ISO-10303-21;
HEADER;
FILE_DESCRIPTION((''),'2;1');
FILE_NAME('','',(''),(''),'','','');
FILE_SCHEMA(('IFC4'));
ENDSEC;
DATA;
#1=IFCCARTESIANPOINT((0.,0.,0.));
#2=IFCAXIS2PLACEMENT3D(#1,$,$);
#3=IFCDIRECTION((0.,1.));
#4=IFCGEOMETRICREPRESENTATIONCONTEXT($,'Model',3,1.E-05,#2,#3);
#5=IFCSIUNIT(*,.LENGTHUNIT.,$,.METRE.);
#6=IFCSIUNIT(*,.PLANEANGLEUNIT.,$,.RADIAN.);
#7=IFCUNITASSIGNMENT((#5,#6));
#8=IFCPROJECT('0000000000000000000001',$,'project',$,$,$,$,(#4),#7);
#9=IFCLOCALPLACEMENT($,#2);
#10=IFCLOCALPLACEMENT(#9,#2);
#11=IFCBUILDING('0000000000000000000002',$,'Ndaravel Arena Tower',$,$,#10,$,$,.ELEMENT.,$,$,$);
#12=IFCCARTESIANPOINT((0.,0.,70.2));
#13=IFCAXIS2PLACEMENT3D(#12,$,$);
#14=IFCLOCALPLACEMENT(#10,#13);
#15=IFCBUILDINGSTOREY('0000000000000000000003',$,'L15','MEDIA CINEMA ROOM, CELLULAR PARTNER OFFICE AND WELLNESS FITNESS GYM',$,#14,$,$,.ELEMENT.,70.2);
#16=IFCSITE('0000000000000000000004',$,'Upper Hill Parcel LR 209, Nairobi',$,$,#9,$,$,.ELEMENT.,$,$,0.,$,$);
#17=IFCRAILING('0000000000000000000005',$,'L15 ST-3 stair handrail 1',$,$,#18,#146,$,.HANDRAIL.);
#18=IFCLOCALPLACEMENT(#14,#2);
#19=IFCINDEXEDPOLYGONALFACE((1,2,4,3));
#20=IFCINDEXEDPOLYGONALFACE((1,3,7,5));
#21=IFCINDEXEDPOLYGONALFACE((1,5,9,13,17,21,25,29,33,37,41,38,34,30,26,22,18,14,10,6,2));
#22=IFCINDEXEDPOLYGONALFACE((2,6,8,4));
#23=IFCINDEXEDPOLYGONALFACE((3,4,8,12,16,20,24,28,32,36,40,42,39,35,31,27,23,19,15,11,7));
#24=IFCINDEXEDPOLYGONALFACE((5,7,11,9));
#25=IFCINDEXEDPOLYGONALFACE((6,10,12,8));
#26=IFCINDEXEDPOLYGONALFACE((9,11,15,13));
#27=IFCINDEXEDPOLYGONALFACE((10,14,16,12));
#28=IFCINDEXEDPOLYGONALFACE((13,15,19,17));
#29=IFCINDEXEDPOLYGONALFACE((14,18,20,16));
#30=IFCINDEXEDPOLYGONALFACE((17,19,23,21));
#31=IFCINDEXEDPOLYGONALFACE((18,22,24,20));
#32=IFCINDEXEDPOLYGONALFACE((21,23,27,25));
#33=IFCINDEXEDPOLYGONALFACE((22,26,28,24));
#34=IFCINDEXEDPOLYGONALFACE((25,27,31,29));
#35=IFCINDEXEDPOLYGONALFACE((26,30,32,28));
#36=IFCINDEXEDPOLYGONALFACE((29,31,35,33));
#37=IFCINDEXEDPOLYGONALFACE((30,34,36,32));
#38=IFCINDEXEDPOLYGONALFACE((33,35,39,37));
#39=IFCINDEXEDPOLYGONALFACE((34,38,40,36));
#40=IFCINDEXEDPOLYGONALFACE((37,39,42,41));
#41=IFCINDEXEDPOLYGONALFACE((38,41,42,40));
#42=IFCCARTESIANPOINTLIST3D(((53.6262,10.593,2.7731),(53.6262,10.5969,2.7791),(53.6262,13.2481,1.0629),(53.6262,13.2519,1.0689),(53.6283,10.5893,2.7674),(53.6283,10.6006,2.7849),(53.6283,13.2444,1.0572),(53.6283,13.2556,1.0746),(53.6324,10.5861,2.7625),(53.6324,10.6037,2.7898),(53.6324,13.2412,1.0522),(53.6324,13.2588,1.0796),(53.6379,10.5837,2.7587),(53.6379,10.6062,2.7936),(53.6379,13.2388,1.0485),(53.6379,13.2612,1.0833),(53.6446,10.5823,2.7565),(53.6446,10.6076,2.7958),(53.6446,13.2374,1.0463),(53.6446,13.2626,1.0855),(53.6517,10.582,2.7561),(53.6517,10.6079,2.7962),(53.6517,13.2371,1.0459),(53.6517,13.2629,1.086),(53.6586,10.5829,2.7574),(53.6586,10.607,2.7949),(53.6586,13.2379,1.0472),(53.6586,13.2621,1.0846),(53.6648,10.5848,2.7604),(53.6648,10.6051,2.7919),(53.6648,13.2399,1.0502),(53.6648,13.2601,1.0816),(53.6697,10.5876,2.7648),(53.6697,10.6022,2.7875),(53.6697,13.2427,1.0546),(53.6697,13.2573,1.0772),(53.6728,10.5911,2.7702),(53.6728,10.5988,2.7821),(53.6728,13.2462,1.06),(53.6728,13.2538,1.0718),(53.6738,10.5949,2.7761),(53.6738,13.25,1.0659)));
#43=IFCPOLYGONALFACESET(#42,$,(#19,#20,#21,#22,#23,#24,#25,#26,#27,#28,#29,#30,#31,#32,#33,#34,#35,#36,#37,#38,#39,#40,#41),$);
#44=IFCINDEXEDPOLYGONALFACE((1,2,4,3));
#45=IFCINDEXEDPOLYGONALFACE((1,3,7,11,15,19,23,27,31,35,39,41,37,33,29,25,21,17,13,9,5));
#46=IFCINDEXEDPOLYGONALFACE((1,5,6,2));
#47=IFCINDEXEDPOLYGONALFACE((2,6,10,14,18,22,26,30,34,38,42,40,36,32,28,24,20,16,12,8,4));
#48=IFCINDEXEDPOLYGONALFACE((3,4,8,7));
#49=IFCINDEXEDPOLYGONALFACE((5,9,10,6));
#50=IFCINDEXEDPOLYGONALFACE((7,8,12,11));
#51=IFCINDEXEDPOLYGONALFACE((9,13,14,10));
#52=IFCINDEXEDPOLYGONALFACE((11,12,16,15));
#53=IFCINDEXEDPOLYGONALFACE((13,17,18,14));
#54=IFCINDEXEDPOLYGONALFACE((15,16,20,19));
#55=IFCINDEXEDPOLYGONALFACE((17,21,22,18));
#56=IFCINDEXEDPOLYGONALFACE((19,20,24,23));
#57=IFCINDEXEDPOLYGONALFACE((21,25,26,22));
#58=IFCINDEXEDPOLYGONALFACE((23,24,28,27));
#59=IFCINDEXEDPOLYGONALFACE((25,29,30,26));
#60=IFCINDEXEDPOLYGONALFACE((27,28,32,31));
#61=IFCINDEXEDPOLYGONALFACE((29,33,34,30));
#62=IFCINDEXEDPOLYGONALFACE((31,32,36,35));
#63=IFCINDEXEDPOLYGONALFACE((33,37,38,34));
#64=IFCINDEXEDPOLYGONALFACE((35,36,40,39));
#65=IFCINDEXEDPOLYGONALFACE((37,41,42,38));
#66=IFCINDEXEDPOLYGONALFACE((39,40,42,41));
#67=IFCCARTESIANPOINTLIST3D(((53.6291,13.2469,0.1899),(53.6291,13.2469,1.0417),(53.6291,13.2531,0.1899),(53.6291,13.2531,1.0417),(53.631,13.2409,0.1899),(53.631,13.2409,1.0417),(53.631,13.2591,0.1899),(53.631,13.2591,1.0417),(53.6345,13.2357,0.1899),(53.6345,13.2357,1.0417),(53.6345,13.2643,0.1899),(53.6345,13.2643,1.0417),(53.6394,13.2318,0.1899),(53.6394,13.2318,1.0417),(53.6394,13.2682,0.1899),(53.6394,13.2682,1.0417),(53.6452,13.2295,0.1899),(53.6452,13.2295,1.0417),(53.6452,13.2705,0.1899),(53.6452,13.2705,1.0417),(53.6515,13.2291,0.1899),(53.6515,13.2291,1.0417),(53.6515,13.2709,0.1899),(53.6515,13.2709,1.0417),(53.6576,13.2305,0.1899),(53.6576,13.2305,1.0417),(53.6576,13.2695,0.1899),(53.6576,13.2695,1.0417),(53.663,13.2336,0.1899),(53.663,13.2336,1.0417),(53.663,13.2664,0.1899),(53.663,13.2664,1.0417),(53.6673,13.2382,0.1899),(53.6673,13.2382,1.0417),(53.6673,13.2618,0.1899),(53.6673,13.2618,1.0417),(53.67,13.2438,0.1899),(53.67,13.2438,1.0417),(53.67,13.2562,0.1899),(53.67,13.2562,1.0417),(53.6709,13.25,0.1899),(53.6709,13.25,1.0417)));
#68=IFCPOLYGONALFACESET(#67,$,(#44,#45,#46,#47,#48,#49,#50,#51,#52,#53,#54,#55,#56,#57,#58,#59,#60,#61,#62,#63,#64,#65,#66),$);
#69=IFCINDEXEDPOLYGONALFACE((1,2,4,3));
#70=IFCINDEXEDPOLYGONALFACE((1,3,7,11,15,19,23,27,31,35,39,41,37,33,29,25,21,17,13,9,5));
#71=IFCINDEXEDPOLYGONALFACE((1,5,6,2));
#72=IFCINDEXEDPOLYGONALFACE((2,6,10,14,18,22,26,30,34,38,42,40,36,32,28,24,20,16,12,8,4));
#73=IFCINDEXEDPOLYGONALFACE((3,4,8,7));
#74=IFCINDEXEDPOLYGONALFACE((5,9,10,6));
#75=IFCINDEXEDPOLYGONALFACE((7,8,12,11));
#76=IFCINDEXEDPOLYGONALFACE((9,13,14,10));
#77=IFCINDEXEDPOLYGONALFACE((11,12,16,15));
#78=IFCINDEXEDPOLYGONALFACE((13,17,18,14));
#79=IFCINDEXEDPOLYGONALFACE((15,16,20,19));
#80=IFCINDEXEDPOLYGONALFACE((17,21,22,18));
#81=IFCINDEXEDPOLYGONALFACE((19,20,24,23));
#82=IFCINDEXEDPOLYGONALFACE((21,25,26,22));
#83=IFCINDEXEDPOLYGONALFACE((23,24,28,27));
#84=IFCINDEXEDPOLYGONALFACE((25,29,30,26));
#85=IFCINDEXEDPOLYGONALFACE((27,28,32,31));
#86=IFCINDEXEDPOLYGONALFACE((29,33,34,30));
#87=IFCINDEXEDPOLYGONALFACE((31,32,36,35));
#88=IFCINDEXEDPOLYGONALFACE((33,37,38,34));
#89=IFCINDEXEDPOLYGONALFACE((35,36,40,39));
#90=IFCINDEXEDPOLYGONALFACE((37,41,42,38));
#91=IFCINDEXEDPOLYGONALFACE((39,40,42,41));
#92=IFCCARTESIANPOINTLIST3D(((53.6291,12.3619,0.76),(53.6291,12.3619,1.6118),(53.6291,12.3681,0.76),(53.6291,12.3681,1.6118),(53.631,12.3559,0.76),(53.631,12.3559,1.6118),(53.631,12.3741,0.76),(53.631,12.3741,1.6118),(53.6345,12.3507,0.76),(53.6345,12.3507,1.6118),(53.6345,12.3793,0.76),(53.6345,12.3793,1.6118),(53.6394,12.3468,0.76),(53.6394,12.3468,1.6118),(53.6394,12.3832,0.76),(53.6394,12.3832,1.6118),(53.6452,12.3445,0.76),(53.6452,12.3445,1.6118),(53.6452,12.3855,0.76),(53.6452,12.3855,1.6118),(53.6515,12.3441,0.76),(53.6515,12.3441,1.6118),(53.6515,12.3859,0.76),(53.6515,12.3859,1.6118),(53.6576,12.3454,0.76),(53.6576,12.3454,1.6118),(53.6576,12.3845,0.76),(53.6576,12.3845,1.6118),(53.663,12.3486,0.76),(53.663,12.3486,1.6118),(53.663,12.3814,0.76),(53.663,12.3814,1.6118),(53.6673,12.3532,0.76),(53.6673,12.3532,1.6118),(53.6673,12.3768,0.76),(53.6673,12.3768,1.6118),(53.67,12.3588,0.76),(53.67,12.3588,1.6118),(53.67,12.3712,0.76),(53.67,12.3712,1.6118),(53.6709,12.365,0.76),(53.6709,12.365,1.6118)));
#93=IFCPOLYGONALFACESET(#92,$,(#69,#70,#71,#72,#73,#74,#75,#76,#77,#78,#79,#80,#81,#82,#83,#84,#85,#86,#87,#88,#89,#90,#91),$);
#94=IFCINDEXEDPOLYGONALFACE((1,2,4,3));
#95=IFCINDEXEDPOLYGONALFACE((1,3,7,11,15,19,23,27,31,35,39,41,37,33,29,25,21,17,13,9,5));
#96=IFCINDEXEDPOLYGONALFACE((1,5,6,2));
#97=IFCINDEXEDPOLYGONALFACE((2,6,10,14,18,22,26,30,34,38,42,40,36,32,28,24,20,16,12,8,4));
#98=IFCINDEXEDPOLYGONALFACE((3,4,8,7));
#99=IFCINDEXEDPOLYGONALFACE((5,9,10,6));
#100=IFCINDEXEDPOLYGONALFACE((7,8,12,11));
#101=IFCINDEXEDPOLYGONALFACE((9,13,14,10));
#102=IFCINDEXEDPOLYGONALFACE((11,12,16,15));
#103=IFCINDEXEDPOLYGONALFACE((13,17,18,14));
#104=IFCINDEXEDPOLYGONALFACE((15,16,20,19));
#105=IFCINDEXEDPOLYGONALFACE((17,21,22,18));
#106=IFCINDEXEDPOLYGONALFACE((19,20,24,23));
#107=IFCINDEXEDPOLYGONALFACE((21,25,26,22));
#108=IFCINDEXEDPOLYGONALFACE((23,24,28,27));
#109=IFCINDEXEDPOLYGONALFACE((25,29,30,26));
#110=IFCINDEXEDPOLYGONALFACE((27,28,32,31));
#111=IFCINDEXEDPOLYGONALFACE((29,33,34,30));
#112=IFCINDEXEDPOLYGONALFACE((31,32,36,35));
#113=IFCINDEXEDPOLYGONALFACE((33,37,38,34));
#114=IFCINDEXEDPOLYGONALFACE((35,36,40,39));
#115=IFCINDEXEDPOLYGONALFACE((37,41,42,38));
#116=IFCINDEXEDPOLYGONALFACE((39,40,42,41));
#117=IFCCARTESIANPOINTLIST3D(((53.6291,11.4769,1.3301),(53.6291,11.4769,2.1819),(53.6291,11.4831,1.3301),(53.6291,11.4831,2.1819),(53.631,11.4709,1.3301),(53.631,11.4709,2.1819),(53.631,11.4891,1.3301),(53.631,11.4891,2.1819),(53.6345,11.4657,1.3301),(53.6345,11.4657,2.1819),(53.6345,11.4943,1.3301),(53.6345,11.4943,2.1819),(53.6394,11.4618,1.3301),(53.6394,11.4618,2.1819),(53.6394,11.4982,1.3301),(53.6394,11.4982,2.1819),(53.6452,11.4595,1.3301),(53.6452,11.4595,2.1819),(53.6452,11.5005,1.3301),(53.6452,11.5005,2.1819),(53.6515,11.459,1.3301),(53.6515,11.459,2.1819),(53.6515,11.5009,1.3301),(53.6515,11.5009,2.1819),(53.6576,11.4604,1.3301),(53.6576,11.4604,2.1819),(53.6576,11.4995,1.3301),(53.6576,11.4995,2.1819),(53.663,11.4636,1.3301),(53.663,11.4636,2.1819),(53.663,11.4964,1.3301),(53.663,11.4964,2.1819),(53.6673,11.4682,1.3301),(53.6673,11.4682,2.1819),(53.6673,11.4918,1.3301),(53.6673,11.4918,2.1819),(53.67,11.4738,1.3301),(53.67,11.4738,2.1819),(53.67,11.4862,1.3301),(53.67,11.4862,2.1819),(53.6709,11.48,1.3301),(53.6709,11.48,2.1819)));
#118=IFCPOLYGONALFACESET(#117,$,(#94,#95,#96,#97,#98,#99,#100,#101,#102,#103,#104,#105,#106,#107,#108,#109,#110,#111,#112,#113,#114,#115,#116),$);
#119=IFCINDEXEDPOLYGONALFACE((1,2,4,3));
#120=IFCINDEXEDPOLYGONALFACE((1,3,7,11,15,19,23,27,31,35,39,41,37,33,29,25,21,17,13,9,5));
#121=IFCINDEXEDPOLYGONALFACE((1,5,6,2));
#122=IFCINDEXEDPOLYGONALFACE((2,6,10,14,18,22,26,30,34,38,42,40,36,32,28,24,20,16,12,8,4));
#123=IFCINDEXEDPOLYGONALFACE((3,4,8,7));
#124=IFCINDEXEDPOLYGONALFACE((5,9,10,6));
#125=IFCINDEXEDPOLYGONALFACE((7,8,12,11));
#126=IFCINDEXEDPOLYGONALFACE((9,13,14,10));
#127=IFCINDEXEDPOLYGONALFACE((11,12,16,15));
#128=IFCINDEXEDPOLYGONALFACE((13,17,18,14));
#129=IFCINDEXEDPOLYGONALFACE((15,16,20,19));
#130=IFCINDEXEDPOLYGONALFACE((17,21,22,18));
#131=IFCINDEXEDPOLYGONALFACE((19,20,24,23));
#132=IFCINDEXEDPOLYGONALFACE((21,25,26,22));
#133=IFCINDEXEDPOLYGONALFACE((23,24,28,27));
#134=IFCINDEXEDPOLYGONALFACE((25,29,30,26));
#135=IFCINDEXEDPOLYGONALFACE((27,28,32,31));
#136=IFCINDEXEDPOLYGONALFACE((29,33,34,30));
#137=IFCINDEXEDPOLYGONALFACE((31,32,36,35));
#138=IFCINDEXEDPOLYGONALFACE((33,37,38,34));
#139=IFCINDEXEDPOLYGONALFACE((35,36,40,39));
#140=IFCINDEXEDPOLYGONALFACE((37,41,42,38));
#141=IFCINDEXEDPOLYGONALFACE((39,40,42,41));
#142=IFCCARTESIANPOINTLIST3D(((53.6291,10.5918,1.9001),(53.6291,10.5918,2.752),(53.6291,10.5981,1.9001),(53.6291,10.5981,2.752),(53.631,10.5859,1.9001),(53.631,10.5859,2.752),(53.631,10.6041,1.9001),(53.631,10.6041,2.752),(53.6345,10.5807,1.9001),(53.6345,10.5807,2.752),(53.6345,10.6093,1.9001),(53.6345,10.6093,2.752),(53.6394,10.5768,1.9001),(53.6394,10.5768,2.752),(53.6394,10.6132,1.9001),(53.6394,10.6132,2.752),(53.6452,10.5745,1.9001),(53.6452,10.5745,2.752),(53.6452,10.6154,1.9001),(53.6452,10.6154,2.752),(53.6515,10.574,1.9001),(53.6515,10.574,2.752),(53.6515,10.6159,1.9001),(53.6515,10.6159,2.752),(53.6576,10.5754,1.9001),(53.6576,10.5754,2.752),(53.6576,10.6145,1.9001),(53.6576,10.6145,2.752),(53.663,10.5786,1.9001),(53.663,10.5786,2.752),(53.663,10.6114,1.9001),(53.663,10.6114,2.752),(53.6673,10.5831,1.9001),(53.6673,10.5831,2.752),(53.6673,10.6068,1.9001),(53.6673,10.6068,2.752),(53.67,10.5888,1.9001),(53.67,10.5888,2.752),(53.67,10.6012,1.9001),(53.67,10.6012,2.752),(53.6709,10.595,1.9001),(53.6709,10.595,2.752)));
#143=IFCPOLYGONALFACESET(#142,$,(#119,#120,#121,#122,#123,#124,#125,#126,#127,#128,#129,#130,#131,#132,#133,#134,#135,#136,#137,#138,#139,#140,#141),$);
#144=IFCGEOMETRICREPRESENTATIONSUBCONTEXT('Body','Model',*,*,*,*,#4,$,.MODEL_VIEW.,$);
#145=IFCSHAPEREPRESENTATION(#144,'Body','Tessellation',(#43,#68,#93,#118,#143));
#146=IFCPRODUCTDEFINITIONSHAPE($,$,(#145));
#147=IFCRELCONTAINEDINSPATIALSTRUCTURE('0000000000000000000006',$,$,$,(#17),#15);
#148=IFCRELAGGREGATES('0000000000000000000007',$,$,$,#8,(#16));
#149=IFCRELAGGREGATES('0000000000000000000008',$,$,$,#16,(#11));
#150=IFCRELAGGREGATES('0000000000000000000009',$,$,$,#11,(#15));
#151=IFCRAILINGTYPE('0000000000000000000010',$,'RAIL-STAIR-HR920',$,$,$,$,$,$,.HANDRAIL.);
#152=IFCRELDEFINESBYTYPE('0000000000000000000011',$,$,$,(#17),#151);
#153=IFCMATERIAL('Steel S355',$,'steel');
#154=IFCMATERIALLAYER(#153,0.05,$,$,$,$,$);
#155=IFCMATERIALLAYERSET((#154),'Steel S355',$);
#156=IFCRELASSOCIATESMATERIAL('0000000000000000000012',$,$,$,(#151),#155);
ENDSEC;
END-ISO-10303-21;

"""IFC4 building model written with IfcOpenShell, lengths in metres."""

from ifc_helpers import new_model, si_unit, direction, frame, origin, origin_2d, place, context, subcontext, project, spatial, circle, extrude, material, layer, layer_set, type_object, element, save


model = new_model("IFC4")

# Units and contexts
model_context = context("Model", 3, precision=1e-05, world=origin(), true_north=direction((0.0, 1.0)))
body_context = subcontext(model_context, "Body", "Model", "MODEL_VIEW")
ifc_project = project(units=[si_unit("LENGTHUNIT", "METRE"), si_unit("PLANEANGLEUNIT", "RADIAN")], contexts=[model_context])

# Site, building, storey
site_placement = place(None, origin())
site = spatial("IfcSite", under=ifc_project, at=site_placement, Name="Upper Hill Parcel LR 209, Nairobi", CompositionType="ELEMENT", RefElevation=0.0)
building_placement = place(site_placement, origin())
building = spatial("IfcBuilding", under=site, at=building_placement, Name="Ndaravel Arena Tower", CompositionType="ELEMENT")
storey_placement = place(building_placement, frame((0.0, 0.0, 70.2)))
storey = spatial("IfcBuildingStorey", under=building, at=storey_placement, Name="L15", Description="MEDIA CINEMA ROOM, CELLULAR PARTNER OFFICE AND WELLNESS FITNESS GYM", CompositionType="ELEMENT", Elevation=70.2)

# Railing
ifc_material_1 = material(Name="Steel S355", Category="steel")
ifc_layer_1 = layer(ifc_material_1, 0.05)
ifc_layer_set_1 = layer_set([ifc_layer_1], Name="Steel S355")
railing_type_1 = type_object("IfcRailingType", Name="RAIL-STAIR-HR920", PredefinedType="HANDRAIL", material=ifc_layer_set_1)
railing_1_placement = place(storey_placement, frame((53.6499, 13.25, 0.1899)))
element("IfcRailing", 1, at=railing_1_placement, inside=storey, type_object=railing_type_1, Name="L15 ST-3 stair handrail 1", PredefinedType="HANDRAIL", context=body_context, shape_type="SweptSolid", body=[
    extrude(circle(Radius=0.0239, at=origin_2d()), frame((0.0, 0.0, 0.876), z_axis=(0.0, -0.840688, 0.541519), x_axis=(1.0, 0.0, 0.0)), (0.0, 0.0, 1.0), 3.1582),
    extrude(circle(Radius=0.021, at=origin_2d()), origin(), (0.0, 0.0, 1.0), 0.8518),
    extrude(circle(Radius=0.021, at=origin_2d()), frame((0.0, -0.885, 0.5701)), (0.0, 0.0, 1.0), 0.8518),
    extrude(circle(Radius=0.021, at=origin_2d()), frame((0.0, -1.77, 1.1401)), (0.0, 0.0, 1.0), 0.8518),
    extrude(circle(Radius=0.021, at=origin_2d()), frame((0.0, -2.655, 1.7102)), (0.0, 0.0, 1.0), 0.8518),
])

save(model, "model.ifc")
